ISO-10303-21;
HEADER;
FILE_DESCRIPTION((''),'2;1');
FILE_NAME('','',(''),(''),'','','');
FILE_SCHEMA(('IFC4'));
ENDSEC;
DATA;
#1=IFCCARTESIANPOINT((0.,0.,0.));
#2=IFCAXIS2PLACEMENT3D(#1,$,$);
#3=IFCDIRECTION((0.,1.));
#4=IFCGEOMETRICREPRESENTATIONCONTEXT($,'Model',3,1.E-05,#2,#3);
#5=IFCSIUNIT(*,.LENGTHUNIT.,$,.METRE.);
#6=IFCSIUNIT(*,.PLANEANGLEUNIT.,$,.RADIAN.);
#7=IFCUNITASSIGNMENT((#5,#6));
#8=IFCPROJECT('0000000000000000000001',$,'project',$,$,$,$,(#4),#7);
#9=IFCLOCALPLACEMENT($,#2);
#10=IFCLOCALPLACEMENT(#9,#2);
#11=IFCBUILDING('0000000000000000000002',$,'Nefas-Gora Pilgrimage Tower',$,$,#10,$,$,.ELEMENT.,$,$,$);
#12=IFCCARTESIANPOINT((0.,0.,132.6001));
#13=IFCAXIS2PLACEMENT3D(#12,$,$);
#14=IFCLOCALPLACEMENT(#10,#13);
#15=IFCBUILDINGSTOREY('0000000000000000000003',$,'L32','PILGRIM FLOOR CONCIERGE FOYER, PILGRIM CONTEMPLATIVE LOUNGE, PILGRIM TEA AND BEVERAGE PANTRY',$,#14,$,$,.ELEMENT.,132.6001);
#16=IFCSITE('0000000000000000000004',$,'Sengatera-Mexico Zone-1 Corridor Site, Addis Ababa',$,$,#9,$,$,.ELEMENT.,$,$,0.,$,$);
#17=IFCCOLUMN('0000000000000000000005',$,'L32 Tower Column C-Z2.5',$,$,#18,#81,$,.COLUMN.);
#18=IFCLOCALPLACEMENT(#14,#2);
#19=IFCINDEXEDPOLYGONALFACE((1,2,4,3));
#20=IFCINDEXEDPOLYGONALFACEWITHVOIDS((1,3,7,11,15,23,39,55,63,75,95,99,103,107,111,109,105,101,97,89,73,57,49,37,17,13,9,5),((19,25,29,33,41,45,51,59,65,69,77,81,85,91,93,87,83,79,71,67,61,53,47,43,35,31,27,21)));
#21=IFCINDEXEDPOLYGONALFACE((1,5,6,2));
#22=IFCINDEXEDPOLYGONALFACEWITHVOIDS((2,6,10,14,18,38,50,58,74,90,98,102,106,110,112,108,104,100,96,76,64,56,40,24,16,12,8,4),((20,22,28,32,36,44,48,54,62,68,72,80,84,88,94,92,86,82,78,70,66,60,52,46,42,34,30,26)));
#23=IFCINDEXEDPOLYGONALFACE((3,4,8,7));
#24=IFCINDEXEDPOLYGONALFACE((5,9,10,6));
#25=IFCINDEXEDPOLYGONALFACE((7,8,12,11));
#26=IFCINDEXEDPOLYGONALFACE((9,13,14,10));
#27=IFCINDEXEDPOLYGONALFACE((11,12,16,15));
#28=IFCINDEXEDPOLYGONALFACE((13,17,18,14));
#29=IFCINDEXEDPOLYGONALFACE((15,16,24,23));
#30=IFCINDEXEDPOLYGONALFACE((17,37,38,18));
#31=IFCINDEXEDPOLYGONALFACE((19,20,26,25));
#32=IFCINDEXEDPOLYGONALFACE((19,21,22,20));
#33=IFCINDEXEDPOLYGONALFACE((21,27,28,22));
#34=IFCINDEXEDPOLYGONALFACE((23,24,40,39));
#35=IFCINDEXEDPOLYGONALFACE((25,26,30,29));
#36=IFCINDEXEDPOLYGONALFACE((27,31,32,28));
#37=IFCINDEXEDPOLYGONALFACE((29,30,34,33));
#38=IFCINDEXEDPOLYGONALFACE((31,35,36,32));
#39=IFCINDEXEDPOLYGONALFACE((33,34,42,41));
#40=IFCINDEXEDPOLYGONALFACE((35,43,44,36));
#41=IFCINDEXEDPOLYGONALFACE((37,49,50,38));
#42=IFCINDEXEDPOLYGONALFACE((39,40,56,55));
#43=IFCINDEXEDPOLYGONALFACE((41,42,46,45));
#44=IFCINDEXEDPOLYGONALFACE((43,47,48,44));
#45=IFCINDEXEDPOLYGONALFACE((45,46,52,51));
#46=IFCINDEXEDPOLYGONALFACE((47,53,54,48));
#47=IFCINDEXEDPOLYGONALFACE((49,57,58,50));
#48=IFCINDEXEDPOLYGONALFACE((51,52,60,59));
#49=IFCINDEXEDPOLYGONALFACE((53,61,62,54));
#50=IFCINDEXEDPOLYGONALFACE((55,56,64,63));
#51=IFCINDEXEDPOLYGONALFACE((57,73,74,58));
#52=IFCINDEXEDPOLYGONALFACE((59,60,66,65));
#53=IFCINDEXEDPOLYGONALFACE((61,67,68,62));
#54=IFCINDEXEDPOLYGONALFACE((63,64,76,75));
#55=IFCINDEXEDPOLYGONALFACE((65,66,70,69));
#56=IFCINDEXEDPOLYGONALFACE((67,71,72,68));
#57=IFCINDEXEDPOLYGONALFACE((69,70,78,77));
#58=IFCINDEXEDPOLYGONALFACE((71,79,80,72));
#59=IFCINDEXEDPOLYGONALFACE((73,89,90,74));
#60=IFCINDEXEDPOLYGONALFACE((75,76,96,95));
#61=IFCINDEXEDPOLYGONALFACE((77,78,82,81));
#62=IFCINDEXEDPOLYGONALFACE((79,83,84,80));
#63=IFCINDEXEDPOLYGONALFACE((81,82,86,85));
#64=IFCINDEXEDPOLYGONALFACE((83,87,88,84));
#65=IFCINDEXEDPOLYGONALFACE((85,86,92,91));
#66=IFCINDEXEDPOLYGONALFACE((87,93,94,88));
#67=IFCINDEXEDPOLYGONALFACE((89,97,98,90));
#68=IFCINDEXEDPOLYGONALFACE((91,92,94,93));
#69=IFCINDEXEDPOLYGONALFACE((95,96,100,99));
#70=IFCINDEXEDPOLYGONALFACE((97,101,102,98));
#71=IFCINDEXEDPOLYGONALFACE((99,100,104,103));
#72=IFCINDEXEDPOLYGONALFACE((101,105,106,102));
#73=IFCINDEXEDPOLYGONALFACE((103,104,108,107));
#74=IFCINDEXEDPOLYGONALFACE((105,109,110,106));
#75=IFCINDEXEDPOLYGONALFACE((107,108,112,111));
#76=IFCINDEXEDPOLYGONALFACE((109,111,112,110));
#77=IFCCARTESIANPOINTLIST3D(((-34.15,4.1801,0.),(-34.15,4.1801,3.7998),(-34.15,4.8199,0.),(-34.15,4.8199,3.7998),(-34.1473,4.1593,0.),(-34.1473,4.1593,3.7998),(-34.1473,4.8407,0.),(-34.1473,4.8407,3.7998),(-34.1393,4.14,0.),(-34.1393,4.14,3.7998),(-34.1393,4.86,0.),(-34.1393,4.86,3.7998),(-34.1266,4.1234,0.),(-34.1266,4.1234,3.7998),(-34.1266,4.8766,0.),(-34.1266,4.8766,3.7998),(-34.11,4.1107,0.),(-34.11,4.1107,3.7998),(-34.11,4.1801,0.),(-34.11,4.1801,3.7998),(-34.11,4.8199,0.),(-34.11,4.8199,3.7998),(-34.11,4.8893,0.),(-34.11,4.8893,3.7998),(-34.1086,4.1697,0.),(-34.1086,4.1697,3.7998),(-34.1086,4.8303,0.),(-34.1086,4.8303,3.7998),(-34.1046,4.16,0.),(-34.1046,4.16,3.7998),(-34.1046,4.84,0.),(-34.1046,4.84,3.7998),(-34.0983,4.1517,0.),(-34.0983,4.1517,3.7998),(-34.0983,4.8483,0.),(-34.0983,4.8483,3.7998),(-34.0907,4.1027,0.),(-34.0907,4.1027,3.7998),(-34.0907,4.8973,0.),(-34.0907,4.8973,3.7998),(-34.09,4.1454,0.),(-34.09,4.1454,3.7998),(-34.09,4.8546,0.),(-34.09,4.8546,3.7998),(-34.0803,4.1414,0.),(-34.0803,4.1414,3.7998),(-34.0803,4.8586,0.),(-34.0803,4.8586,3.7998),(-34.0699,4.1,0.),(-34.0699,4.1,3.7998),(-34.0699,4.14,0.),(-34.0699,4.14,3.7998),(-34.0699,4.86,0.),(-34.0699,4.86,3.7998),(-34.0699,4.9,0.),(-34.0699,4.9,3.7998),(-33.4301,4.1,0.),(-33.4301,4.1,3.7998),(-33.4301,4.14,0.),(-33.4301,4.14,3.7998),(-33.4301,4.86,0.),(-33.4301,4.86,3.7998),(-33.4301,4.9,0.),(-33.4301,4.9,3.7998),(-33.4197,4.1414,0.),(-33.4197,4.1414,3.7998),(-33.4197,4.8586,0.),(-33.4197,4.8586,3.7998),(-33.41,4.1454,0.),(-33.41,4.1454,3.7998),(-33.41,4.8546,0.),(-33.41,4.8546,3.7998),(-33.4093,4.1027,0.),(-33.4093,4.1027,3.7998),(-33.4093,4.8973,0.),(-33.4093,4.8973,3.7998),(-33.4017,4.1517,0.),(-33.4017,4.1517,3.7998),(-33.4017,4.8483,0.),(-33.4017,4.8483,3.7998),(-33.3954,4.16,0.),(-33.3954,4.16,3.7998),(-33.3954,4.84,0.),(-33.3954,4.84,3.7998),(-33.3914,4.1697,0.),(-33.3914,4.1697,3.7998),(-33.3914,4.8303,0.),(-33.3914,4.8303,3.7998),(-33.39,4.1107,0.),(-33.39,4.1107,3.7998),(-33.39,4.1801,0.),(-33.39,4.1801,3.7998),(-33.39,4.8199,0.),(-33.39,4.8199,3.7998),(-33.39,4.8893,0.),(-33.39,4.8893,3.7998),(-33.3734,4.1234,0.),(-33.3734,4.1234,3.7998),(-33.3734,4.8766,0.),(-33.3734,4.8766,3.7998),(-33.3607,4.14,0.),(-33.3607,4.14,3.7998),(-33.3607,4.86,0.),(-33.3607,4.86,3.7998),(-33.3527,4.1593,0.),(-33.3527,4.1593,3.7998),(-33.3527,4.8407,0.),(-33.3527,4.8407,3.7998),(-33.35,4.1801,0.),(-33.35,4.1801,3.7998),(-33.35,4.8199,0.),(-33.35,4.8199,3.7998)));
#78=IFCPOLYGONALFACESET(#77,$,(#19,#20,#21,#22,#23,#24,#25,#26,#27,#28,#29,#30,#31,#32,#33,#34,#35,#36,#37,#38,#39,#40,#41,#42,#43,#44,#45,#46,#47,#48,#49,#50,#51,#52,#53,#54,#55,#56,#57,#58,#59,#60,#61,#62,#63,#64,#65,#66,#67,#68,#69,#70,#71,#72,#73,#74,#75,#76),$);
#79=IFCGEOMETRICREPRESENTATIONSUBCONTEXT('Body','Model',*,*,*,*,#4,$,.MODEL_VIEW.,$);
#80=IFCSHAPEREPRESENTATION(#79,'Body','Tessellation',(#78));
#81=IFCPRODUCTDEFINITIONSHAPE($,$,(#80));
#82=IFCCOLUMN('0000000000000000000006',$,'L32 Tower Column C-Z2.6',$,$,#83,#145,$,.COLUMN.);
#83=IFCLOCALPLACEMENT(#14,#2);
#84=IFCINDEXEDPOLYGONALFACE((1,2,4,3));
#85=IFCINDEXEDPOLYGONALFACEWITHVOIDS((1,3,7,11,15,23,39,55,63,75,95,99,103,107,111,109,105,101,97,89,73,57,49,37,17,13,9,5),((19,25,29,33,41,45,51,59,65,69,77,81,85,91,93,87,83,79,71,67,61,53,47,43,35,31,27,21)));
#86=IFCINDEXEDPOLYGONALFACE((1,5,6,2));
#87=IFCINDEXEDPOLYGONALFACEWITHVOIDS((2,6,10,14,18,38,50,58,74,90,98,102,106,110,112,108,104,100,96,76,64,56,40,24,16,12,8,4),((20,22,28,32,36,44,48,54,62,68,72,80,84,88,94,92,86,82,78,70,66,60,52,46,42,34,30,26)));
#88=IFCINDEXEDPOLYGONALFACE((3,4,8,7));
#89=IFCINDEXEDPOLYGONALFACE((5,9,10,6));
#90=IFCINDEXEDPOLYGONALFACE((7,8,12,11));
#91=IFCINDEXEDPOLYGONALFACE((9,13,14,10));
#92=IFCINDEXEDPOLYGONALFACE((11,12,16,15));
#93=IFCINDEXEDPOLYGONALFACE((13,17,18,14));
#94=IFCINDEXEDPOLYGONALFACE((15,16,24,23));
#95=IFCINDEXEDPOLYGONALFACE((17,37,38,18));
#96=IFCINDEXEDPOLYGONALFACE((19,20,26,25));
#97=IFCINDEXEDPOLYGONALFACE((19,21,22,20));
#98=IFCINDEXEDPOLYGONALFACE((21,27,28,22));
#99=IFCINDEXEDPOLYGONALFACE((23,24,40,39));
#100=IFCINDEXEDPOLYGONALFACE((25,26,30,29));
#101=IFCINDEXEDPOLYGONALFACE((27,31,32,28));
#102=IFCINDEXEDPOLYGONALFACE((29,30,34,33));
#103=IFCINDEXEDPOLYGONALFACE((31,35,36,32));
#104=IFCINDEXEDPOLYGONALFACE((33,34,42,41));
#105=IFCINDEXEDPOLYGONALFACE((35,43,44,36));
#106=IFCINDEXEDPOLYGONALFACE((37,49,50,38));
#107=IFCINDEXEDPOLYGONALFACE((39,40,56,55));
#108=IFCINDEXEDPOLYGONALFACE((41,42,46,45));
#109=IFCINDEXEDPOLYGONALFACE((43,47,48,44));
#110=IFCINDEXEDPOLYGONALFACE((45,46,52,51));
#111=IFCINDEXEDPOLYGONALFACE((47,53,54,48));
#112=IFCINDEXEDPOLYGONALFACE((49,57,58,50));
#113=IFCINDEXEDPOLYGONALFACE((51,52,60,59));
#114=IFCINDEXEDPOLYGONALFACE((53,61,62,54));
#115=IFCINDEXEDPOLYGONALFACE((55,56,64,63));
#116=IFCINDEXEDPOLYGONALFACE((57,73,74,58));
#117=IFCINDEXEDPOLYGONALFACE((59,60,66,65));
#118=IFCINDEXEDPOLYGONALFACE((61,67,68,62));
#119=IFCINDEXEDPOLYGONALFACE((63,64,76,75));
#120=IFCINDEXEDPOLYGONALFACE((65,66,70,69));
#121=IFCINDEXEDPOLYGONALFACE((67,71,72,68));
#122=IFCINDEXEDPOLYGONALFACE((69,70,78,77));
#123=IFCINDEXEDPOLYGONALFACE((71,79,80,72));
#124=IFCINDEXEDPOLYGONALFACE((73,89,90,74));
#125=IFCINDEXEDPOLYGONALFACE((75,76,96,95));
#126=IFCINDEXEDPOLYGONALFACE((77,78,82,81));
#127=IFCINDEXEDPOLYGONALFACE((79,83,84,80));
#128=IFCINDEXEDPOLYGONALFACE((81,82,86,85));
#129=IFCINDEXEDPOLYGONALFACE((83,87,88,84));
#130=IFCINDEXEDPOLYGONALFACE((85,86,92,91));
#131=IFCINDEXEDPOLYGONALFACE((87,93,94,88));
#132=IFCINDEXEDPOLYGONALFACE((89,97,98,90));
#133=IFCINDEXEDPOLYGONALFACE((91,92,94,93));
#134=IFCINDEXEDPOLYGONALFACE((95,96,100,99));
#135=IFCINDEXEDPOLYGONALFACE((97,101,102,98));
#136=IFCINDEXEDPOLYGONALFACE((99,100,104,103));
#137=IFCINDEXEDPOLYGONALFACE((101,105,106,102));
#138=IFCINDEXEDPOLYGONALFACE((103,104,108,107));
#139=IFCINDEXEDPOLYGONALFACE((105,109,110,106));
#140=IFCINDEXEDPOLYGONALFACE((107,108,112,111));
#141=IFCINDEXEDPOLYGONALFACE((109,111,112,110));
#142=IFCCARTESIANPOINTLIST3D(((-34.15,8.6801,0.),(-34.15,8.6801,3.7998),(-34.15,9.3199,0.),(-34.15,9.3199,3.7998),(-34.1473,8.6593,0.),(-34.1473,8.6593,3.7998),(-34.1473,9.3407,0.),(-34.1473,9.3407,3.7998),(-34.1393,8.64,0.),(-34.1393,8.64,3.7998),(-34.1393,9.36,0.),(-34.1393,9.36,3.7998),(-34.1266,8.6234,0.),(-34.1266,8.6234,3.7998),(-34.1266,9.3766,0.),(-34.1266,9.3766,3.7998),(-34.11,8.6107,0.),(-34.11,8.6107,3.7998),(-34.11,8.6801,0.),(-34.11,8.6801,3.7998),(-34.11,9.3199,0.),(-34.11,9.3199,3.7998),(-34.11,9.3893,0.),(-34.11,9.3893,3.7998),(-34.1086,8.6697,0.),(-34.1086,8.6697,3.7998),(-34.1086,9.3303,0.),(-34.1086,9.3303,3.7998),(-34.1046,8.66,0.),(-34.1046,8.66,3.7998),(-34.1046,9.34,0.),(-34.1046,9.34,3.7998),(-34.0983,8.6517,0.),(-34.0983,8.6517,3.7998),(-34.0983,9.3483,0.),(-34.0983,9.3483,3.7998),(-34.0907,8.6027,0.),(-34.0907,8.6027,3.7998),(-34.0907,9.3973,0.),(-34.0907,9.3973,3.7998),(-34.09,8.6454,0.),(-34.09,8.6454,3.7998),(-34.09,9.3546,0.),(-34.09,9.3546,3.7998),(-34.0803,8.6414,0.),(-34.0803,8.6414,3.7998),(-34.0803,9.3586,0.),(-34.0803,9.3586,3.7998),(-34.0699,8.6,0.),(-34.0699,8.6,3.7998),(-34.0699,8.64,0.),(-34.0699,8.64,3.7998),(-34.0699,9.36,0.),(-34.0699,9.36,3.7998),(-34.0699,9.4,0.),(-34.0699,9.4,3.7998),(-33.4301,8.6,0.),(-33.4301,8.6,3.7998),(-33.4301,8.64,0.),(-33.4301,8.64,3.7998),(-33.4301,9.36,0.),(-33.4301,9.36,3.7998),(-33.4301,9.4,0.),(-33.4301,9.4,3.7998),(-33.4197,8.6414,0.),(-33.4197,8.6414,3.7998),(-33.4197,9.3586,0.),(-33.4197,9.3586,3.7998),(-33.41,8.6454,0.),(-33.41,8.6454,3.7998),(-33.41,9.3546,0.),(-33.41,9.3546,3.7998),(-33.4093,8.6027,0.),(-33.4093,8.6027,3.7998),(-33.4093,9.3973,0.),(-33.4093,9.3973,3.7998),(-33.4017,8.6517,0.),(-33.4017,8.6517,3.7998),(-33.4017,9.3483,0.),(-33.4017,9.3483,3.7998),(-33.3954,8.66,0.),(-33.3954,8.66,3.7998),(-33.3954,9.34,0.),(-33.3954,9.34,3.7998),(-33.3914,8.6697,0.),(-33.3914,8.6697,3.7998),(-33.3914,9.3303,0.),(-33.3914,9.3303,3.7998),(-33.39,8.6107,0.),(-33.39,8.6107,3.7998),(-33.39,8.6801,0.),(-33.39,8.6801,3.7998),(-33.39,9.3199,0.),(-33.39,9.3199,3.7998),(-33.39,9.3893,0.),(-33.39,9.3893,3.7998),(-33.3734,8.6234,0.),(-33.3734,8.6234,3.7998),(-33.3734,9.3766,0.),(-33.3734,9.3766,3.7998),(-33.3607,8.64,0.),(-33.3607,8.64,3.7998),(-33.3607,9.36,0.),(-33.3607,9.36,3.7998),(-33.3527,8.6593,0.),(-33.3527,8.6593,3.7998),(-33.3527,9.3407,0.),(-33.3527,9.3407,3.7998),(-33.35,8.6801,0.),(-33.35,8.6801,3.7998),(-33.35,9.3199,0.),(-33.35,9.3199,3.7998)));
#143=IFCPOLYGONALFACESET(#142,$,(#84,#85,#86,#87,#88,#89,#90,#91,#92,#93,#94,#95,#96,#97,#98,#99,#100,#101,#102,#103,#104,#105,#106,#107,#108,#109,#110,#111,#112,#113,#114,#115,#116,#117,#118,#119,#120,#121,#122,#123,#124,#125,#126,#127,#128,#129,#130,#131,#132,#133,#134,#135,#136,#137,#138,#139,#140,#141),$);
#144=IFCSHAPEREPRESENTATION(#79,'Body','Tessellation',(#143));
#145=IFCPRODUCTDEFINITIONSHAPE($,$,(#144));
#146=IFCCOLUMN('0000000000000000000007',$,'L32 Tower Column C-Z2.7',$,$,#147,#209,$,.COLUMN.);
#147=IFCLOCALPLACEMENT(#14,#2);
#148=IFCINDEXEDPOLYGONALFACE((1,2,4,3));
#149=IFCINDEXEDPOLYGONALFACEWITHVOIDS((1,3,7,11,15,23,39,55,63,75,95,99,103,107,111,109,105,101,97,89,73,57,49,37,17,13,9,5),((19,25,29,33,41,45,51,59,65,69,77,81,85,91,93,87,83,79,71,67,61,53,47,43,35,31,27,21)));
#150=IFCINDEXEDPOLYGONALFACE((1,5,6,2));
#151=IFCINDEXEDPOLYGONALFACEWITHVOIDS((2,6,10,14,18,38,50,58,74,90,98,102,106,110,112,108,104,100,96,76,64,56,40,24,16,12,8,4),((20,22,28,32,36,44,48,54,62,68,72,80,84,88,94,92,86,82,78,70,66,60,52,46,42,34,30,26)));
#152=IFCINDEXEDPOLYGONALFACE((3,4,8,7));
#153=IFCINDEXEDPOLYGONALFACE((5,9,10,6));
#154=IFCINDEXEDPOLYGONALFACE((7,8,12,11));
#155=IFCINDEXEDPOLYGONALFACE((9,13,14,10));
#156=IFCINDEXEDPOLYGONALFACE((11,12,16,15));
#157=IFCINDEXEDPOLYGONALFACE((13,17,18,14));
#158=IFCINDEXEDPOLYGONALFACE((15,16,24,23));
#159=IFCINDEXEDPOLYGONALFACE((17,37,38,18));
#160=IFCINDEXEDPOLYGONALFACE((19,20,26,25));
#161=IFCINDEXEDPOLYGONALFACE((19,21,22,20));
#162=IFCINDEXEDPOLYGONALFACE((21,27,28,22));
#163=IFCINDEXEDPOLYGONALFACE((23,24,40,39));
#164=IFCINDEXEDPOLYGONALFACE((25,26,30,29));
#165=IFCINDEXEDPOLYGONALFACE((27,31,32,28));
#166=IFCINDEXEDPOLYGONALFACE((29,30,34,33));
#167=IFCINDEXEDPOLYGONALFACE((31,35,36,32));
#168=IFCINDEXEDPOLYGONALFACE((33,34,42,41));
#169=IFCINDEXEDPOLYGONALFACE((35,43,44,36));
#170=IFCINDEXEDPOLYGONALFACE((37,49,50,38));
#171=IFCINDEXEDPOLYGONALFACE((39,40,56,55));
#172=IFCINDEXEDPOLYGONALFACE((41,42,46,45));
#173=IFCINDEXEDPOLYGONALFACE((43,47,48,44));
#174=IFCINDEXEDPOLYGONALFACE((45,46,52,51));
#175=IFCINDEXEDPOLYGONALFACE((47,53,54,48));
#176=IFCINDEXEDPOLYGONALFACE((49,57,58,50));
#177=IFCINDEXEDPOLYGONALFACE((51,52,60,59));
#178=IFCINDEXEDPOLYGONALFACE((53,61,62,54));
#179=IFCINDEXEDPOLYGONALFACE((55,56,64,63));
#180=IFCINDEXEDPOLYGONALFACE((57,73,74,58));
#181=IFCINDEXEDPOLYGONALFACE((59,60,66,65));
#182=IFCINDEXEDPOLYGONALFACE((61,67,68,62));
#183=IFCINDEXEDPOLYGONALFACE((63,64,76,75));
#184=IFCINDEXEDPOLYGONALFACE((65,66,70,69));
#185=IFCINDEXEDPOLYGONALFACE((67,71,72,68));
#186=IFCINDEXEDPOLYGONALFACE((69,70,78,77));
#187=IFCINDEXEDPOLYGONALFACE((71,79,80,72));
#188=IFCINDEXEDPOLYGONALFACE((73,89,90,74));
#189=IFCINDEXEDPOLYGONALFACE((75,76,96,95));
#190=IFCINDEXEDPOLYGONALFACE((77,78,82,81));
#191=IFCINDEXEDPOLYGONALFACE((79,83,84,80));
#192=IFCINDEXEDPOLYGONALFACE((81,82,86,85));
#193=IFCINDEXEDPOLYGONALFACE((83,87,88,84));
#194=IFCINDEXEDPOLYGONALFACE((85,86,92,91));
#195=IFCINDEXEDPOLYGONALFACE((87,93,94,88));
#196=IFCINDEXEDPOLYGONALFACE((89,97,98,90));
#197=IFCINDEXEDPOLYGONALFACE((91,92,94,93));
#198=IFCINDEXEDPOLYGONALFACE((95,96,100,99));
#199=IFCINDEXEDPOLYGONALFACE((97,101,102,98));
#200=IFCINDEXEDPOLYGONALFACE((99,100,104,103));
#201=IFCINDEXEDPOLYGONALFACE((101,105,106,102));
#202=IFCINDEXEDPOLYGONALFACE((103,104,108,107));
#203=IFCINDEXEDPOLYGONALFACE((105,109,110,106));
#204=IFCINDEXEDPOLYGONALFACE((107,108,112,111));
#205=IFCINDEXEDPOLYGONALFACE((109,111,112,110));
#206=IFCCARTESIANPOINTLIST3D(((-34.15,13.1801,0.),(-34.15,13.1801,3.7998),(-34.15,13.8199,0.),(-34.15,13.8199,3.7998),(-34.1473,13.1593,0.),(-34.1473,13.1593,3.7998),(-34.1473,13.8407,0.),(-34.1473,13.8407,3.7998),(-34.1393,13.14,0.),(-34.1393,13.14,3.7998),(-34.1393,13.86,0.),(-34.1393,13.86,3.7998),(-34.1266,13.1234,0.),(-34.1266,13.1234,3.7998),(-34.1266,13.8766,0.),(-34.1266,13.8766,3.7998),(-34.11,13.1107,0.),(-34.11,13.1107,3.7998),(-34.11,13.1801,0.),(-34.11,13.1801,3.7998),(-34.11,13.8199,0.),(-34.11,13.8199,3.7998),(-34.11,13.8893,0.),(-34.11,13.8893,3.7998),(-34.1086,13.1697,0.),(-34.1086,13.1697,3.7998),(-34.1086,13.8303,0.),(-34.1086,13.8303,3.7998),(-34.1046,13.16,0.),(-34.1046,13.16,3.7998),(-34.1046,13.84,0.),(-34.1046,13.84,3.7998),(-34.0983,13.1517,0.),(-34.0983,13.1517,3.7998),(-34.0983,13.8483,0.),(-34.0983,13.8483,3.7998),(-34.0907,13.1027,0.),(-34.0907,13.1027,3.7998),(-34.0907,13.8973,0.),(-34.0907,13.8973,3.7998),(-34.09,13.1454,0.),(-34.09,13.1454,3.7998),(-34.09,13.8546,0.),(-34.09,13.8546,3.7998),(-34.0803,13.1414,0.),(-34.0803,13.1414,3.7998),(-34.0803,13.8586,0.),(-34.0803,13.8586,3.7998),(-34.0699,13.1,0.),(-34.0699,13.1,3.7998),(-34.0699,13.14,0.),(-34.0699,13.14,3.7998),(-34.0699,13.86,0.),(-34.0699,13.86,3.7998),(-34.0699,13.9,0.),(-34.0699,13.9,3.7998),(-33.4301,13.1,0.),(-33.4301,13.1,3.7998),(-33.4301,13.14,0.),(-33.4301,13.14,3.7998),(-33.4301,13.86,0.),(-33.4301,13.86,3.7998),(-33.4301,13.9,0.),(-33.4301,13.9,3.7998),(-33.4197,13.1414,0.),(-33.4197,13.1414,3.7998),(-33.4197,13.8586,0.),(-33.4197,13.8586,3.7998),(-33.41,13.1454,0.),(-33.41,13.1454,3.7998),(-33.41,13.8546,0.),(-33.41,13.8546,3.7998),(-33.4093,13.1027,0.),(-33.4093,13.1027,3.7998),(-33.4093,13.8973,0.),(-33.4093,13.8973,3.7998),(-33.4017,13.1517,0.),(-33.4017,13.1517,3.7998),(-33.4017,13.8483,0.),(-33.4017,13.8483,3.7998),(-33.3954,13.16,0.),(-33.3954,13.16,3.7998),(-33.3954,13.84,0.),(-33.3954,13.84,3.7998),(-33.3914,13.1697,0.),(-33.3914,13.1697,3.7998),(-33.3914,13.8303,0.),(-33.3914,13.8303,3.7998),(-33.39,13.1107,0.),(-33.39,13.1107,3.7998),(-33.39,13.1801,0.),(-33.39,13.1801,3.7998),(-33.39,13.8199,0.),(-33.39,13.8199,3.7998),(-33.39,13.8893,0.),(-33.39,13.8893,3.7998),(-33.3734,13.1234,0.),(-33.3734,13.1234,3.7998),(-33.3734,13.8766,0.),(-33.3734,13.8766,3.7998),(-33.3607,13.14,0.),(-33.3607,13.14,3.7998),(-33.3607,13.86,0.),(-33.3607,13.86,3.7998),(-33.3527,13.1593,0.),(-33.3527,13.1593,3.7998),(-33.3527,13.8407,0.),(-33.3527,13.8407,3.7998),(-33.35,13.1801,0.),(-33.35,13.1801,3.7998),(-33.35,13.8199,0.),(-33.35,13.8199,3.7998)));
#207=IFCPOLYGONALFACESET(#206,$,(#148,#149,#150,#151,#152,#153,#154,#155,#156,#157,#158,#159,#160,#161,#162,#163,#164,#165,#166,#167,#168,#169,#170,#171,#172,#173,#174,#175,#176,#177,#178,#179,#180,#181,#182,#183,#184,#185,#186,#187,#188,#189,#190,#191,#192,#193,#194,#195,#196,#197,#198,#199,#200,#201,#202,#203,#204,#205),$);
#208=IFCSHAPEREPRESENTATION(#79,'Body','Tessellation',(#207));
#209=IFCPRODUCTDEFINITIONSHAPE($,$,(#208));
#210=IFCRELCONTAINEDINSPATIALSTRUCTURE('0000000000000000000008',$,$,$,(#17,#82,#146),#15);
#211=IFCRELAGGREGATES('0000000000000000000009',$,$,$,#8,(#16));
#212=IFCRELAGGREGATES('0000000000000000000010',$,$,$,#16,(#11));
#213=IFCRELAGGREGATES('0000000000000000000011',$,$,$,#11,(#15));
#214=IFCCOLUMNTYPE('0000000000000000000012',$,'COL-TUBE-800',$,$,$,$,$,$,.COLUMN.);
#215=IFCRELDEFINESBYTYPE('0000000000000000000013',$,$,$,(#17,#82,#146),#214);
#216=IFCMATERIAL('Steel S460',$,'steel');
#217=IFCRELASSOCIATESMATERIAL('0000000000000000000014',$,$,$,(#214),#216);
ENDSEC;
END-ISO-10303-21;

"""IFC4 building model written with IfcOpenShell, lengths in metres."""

from ifc_helpers import new_model, si_unit, direction, frame, origin, origin_2d, place, context, subcontext, project, spatial, hollow_rectangle, extrude, source, transform, mapped, material, material_profile, profile_set, type_object, element, save


model = new_model("IFC4")

# Units and contexts
model_context = context("Model", 3, precision=1e-05, world=origin(), true_north=direction((0.0, 1.0)))
body_context = subcontext(model_context, "Body", "Model", "MODEL_VIEW")
ifc_project = project(units=[si_unit("LENGTHUNIT", "METRE"), si_unit("PLANEANGLEUNIT", "RADIAN")], contexts=[model_context])

# Site, building, storey
site_placement = place(None, origin())
site = spatial("IfcSite", under=ifc_project, at=site_placement, Name="Sengatera-Mexico Zone-1 Corridor Site, Addis Ababa", CompositionType="ELEMENT", RefElevation=0.0)
building_placement = place(site_placement, origin())
building = spatial("IfcBuilding", under=site, at=building_placement, Name="Nefas-Gora Pilgrimage Tower", CompositionType="ELEMENT")
storey_placement = place(building_placement, frame((0.0, 0.0, 132.6001)))
storey = spatial("IfcBuildingStorey", under=building, at=storey_placement, Name="L32", Description="PILGRIM FLOOR CONCIERGE FOYER, PILGRIM CONTEMPLATIVE LOUNGE, PILGRIM TEA AND BEVERAGE PANTRY", CompositionType="ELEMENT", Elevation=132.6001)

# Columns
ifc_material_1 = material(Name="Steel S460", Category="steel")
ifc_material_profile_1 = material_profile(ifc_material_1, hollow_rectangle(XDim=0.8, YDim=0.8, WallThickness=0.04, InnerFilletRadius=0.04, OuterFilletRadius=0.0801, at=origin_2d()), Name="BOX 800x800x40")
ifc_profile_set_1 = profile_set([ifc_material_profile_1], Name="Steel S460")
column_type_1 = type_object("IfcColumnType", Name="COL-TUBE-800", PredefinedType="COLUMN", material=ifc_profile_set_1)
shared_shape_1 = source(origin(), body_context, "Body", "SweptSolid", [
    extrude(hollow_rectangle(XDim=0.8, YDim=0.8, WallThickness=0.04, InnerFilletRadius=0.04, OuterFilletRadius=0.0801, at=origin_2d()), origin(), (0.0, 0.0, 1.0), 3.7998),
])
for number, where, z_axis, x_axis, name in (
    (1, (-33.75, 4.5, 0.0), (0.0, 0.0, 1.0), (1.0, 0.0, 0.0), "L32 Tower Column C-Z2.5"),
    (2, (-33.75, 9.0, 0.0), (0.0, 0.0, 1.0), (1.0, 0.0, 0.0), "L32 Tower Column C-Z2.6"),
    (3, (-33.75, 13.5, 0.0), (0.0, 0.0, 1.0), (1.0, 0.0, 0.0), "L32 Tower Column C-Z2.7"),
):
    element("IfcColumn", number, at=place(storey_placement, frame(where, z_axis=z_axis, x_axis=x_axis)), inside=storey, type_object=column_type_1, Name=name, PredefinedType="COLUMN", context=body_context, shape_type="MappedRepresentation", body=[
        mapped(shared_shape_1, transform((0.0, 0.0, 0.0), x_axis=(1.0, 0.0, 0.0), y_axis=(0.0, 1.0, 0.0), z_axis=(0.0, 0.0, 1.0), scale=1.0)),
    ])

save(model, "model.ifc")
